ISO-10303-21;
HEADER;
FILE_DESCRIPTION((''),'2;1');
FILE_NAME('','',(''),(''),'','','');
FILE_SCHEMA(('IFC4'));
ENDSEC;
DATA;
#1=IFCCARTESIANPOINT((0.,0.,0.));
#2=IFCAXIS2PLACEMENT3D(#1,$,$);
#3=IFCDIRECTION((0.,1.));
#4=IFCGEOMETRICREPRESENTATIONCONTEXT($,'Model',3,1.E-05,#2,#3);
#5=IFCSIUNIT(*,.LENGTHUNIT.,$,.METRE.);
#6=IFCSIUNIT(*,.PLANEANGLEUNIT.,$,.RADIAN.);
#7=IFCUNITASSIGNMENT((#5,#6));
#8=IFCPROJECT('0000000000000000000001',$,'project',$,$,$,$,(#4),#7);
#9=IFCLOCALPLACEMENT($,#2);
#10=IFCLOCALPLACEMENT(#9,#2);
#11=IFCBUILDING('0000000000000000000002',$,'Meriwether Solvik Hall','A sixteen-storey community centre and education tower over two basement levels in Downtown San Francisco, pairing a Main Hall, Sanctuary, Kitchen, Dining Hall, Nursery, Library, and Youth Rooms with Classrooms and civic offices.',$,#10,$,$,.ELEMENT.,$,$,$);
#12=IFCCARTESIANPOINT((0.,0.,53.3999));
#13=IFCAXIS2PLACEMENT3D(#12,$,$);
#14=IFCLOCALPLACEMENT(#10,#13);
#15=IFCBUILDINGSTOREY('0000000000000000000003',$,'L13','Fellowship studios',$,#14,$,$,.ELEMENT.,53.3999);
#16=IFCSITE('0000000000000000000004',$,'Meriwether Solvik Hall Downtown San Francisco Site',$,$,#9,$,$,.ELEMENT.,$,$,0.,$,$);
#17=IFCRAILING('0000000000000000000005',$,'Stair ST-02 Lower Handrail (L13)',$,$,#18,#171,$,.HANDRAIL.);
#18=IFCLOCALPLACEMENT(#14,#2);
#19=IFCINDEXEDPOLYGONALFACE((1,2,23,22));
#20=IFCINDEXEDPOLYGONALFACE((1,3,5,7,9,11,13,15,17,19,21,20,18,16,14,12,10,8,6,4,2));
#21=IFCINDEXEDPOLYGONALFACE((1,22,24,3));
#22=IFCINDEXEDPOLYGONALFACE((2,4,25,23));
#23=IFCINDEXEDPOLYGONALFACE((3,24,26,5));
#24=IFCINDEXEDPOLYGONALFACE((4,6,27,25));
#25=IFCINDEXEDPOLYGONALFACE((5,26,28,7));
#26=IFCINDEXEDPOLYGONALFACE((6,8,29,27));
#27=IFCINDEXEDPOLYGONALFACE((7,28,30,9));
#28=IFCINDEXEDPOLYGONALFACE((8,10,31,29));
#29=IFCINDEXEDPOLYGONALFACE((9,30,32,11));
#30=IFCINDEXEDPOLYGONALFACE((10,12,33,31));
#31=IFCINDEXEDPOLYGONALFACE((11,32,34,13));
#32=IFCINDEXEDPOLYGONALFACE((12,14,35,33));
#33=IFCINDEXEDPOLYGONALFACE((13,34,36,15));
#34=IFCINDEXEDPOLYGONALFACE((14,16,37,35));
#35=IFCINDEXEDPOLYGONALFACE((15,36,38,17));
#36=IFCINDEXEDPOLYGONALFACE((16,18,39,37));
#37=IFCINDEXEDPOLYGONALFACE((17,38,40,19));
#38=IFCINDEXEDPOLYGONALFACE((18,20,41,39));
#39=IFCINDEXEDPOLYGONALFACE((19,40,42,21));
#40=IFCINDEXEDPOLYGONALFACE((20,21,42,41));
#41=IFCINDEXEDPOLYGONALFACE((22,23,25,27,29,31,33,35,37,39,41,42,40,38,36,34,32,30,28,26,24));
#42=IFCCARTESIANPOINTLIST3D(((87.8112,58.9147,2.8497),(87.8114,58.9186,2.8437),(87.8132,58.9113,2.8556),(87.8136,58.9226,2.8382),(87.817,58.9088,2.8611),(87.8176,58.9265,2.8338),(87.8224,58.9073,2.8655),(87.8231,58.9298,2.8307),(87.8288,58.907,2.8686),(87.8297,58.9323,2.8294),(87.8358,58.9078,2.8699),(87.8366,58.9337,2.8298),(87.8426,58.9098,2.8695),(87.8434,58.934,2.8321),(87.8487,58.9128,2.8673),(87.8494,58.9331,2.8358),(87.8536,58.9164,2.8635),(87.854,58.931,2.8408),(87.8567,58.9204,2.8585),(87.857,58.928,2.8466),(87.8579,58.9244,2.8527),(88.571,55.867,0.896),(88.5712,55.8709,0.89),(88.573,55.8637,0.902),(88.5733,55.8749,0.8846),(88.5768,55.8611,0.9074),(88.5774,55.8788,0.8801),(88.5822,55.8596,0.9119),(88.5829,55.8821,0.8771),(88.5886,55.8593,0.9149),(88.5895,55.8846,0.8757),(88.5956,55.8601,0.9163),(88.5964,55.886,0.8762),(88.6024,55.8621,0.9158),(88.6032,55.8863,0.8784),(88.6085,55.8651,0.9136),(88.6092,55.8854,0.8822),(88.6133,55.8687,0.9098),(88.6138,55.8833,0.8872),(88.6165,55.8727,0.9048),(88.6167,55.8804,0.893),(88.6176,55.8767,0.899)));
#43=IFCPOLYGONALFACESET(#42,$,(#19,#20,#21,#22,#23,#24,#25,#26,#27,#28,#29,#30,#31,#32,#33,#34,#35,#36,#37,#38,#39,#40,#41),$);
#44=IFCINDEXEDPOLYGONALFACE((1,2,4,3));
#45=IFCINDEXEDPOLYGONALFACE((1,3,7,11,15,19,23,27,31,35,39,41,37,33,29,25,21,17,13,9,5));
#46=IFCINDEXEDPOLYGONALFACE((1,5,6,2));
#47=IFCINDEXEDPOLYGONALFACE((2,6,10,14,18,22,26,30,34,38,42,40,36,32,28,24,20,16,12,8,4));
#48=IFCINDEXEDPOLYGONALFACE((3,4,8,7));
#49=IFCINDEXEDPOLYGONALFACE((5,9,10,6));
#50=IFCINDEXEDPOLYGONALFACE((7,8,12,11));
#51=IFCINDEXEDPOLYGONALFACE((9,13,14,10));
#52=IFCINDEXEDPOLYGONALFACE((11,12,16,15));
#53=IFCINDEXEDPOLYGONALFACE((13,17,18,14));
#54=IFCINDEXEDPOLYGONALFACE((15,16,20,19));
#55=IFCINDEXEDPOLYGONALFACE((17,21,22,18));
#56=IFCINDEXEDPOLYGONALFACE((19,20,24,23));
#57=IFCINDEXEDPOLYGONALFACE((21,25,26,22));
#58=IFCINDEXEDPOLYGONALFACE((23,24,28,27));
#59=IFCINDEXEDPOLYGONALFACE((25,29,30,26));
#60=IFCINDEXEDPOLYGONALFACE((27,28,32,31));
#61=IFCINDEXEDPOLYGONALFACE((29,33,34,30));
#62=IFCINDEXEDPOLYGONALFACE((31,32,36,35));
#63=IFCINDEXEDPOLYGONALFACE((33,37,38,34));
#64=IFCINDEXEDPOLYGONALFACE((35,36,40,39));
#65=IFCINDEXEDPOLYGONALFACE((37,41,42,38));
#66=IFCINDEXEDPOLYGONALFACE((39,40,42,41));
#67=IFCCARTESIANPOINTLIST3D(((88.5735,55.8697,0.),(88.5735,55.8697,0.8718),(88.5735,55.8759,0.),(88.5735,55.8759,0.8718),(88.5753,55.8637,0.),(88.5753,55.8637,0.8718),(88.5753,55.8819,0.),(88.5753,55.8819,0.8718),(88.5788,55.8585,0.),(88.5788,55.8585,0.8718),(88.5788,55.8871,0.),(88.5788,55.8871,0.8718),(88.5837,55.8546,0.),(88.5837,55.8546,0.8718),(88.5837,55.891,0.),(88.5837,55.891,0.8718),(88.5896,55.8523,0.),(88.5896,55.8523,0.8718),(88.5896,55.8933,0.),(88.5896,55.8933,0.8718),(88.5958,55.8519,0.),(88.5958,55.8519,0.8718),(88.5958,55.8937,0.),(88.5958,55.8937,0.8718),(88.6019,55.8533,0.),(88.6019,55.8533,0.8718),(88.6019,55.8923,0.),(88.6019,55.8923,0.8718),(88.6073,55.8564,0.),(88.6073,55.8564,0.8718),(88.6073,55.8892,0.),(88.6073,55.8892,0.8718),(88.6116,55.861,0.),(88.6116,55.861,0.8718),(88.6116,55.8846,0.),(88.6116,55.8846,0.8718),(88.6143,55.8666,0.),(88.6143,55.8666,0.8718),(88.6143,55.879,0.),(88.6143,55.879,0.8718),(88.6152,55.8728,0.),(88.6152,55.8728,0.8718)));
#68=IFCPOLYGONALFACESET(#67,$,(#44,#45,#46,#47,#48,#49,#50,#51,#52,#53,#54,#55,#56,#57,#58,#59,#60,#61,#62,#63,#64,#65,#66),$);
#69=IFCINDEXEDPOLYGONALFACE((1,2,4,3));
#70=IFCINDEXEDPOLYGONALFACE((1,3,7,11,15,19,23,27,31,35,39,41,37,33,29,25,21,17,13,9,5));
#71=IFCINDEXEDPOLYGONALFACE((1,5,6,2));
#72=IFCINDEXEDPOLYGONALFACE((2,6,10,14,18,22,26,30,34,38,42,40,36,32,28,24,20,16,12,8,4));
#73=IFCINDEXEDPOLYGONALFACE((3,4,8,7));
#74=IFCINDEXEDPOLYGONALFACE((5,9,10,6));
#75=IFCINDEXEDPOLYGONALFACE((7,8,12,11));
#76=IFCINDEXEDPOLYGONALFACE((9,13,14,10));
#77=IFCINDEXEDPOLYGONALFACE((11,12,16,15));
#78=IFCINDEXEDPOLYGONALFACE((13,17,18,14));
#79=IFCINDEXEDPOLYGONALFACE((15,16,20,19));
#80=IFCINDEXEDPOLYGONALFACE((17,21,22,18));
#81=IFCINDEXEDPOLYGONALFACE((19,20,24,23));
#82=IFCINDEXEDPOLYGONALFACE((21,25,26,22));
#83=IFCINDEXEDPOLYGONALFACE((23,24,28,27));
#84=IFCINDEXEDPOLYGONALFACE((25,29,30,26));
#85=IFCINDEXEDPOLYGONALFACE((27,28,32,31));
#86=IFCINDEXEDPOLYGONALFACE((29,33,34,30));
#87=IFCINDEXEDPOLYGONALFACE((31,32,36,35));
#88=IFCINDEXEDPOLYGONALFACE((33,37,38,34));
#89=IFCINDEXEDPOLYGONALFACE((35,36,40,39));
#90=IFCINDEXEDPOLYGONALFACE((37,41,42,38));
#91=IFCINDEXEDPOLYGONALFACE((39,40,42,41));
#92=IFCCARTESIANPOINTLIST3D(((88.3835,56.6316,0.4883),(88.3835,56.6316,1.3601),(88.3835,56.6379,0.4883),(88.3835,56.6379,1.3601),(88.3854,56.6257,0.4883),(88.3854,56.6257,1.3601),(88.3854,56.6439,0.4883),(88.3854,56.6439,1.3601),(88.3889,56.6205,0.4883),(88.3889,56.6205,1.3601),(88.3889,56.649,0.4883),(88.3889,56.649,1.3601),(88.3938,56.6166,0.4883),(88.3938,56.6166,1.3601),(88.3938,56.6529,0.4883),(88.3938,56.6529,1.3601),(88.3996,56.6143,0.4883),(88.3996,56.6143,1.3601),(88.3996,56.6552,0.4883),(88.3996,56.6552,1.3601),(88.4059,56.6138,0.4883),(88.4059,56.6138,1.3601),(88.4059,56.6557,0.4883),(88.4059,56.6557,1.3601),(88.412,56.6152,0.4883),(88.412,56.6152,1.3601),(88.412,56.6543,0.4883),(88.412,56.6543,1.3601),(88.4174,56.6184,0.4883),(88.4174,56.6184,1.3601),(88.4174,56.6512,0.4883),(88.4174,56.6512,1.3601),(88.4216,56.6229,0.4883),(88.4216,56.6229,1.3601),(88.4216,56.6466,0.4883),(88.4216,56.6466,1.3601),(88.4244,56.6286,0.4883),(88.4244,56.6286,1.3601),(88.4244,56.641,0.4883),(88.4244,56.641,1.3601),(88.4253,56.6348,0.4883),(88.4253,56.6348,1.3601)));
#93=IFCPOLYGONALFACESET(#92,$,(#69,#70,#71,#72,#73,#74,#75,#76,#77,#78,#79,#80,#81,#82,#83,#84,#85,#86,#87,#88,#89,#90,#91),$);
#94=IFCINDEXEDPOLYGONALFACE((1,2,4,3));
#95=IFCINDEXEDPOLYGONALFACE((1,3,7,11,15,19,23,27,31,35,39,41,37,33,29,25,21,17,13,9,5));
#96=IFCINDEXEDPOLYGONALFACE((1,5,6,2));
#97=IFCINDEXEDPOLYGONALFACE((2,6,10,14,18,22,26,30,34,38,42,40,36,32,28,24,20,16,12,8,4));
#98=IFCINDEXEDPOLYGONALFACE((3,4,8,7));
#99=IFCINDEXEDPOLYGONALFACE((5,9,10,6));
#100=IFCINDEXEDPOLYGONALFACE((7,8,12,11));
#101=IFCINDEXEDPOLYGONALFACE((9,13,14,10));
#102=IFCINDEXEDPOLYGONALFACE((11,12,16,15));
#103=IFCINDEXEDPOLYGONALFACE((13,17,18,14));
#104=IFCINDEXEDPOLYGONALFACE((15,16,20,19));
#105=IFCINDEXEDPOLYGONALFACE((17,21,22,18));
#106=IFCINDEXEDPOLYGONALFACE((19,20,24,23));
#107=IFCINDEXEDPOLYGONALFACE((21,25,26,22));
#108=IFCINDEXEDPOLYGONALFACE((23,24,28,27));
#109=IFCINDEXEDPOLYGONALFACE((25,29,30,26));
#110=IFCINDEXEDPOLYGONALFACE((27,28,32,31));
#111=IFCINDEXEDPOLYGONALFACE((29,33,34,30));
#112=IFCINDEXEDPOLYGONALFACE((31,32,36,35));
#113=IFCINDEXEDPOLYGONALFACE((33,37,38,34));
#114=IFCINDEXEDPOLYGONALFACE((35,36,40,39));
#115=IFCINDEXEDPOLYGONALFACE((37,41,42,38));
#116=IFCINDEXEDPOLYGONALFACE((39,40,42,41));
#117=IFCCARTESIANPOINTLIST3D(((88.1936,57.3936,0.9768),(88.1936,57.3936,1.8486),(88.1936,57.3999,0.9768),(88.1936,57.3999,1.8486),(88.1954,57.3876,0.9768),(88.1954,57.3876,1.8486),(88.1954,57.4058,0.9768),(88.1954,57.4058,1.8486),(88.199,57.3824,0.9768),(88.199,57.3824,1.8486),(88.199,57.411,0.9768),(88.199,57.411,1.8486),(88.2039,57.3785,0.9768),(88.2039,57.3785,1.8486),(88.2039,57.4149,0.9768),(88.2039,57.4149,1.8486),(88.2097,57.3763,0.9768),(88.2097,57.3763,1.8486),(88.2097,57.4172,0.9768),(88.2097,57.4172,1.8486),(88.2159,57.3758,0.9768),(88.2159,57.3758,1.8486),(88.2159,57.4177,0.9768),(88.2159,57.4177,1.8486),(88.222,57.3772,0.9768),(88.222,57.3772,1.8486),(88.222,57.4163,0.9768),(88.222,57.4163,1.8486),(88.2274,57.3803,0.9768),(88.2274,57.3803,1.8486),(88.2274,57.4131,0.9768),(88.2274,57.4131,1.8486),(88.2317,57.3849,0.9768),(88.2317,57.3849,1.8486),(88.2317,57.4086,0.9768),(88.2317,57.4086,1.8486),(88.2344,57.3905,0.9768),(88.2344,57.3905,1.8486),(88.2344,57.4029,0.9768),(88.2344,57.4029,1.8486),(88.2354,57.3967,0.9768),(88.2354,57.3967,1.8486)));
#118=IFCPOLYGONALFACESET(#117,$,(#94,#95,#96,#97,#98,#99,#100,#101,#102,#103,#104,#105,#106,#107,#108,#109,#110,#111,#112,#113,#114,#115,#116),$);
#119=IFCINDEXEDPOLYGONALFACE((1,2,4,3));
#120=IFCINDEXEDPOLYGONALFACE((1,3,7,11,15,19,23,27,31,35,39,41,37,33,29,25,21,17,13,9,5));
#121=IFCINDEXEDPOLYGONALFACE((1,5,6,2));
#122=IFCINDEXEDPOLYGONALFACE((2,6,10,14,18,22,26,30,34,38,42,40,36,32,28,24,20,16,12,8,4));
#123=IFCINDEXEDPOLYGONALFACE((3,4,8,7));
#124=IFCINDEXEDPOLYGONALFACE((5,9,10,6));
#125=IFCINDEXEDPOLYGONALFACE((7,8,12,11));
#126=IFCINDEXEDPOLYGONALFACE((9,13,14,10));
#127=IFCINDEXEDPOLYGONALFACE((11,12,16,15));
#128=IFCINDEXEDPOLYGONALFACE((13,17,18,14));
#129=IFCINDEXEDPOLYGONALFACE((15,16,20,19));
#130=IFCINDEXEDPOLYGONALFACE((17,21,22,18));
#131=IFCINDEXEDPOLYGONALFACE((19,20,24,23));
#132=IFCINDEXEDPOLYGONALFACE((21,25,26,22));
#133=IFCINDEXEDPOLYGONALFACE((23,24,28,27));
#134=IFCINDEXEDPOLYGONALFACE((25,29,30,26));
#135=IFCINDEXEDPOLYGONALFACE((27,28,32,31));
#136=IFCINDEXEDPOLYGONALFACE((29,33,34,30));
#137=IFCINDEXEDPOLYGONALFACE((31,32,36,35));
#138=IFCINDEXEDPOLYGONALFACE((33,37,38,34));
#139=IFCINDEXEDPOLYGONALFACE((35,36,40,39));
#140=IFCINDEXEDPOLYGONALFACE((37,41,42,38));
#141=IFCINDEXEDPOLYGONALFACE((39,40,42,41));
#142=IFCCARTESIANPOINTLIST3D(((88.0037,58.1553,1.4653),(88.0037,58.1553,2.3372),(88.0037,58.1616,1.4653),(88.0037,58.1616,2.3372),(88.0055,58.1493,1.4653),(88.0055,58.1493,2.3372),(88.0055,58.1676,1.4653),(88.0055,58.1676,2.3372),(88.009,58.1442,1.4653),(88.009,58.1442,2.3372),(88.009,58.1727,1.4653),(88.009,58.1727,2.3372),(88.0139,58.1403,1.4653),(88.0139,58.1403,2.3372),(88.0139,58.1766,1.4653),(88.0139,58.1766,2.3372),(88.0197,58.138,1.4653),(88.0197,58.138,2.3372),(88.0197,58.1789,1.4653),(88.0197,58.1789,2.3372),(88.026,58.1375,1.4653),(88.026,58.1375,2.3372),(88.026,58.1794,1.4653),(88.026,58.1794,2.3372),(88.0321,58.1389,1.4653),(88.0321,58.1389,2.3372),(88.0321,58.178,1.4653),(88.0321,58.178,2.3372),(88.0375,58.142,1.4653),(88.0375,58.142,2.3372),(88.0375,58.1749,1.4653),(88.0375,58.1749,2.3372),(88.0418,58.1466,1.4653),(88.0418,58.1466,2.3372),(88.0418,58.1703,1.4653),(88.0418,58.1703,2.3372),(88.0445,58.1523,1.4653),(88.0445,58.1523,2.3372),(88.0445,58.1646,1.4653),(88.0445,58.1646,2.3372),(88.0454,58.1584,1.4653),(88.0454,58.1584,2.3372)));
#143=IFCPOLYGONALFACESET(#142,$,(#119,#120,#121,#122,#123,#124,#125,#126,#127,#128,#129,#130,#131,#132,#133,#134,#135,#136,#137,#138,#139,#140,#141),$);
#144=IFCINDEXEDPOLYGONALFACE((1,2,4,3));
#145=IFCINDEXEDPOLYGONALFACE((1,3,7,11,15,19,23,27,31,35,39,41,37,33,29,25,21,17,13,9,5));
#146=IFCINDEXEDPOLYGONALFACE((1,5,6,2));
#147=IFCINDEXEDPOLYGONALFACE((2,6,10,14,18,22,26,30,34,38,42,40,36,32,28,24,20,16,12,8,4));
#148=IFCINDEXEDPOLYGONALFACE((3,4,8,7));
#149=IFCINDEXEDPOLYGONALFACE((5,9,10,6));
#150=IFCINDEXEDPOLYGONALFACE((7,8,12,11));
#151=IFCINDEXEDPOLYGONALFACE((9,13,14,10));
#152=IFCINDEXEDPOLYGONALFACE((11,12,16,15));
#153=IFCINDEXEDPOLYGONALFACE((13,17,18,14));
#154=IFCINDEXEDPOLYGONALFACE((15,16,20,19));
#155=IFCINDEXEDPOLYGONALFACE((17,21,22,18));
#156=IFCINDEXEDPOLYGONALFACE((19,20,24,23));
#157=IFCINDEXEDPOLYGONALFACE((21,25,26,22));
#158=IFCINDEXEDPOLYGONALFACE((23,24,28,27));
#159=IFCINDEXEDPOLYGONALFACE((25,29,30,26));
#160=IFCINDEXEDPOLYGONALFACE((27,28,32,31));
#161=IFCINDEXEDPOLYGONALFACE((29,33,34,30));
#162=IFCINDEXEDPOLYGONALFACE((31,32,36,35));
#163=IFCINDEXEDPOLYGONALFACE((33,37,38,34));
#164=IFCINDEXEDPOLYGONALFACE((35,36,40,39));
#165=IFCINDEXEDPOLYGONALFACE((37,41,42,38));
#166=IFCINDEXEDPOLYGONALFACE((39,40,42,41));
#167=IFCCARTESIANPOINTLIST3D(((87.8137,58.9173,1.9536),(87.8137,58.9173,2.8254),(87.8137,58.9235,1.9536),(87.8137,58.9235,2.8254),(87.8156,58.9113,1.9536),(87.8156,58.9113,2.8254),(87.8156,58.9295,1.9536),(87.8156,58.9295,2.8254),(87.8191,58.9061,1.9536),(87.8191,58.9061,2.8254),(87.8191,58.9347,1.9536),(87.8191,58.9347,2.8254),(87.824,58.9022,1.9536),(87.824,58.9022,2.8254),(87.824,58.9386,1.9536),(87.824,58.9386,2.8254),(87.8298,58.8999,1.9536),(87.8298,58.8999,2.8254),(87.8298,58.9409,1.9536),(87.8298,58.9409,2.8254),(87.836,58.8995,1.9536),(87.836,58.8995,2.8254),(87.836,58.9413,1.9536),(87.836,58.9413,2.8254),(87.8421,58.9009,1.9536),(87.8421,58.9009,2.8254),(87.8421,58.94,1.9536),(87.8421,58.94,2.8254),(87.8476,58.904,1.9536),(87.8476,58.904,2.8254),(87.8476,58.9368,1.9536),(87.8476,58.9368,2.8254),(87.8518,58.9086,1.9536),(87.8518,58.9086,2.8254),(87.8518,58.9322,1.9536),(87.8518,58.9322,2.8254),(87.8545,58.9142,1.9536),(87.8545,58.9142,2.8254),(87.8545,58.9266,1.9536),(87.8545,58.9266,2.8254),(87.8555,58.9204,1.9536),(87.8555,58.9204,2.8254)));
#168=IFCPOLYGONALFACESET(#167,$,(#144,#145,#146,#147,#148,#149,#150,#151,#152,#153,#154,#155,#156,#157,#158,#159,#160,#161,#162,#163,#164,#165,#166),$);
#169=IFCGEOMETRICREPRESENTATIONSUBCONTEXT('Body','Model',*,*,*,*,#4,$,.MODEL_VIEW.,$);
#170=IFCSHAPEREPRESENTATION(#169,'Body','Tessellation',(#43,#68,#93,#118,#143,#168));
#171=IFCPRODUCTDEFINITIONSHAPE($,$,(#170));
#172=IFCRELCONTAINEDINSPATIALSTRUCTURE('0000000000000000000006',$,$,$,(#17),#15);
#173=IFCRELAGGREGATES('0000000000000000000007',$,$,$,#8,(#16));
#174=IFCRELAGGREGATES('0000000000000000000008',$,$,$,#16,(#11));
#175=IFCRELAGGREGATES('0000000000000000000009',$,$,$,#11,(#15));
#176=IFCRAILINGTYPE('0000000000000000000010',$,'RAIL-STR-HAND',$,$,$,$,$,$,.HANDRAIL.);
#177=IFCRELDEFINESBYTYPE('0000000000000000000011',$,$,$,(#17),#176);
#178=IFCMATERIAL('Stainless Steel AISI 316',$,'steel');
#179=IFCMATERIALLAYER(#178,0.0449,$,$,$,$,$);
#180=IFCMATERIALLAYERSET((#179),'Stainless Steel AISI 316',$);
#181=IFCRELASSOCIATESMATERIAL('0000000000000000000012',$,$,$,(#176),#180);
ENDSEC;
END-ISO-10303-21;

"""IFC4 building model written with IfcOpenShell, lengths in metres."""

from ifc_helpers import new_model, si_unit, direction, frame, origin, origin_2d, place, context, subcontext, project, spatial, circle, extrude, material, layer, layer_set, type_object, element, save


model = new_model("IFC4")

# Units and contexts
model_context = context("Model", 3, precision=1e-05, world=origin(), true_north=direction((0.0, 1.0)))
body_context = subcontext(model_context, "Body", "Model", "MODEL_VIEW")
ifc_project = project(units=[si_unit("LENGTHUNIT", "METRE"), si_unit("PLANEANGLEUNIT", "RADIAN")], contexts=[model_context])

# Site, building, storey
site_placement = place(None, origin())
site = spatial("IfcSite", under=ifc_project, at=site_placement, Name="Meriwether Solvik Hall Downtown San Francisco Site", CompositionType="ELEMENT", RefElevation=0.0)
building_placement = place(site_placement, origin())
building = spatial("IfcBuilding", under=site, at=building_placement, Name="Meriwether Solvik Hall", Description="A sixteen-storey community centre and education tower over two basement levels in Downtown San Francisco, pairing a Main Hall, Sanctuary, Kitchen, Dining Hall, Nursery, Library, and Youth Rooms with Classrooms and civic offices.", CompositionType="ELEMENT")
storey_placement = place(building_placement, frame((0.0, 0.0, 53.3999)))
storey = spatial("IfcBuildingStorey", under=building, at=storey_placement, Name="L13", Description="Fellowship studios", CompositionType="ELEMENT", Elevation=53.3999)

# Railing
ifc_material_1 = material(Name="Stainless Steel AISI 316", Category="steel")
ifc_layer_1 = layer(ifc_material_1, 0.0449)
ifc_layer_set_1 = layer_set([ifc_layer_1], Name="Stainless Steel AISI 316")
railing_type_1 = type_object("IfcRailingType", Name="RAIL-STR-HAND", PredefinedType="HANDRAIL", material=ifc_layer_set_1)
railing_1_placement = place(storey_placement, frame((88.5942, 55.8728, 0.0)))
element("IfcRailing", 1, at=railing_1_placement, inside=storey, type_object=railing_type_1, Name="Stair ST-02 Lower Handrail (L13)", PredefinedType="HANDRAIL", context=body_context, shape_type="SweptSolid", body=[
    extrude(circle(Radius=0.0239, at=origin_2d()), frame((0.0, 0.0, 0.896), z_axis=(-0.205404, 0.823926, 0.528163), x_axis=(-0.970302, -0.241895, 0.0)), (0.0, 0.0, 1.0), 3.699),
    extrude(circle(Radius=0.021, at=origin_2d()), origin(), (0.0, 0.0, 1.0), 0.8718),
    extrude(circle(Radius=0.021, at=origin_2d()), frame((-0.1899, 0.762, 0.4883)), (0.0, 0.0, 1.0), 0.8718),
    extrude(circle(Radius=0.021, at=origin_2d()), frame((-0.3799, 1.5239, 0.9768)), (0.0, 0.0, 1.0), 0.8718),
    extrude(circle(Radius=0.021, at=origin_2d()), frame((-0.5698, 2.2856, 1.4653)), (0.0, 0.0, 1.0), 0.8718),
    extrude(circle(Radius=0.021, at=origin_2d()), frame((-0.7598, 3.0476, 1.9536)), (0.0, 0.0, 1.0), 0.8718),
])

save(model, "model.ifc")
